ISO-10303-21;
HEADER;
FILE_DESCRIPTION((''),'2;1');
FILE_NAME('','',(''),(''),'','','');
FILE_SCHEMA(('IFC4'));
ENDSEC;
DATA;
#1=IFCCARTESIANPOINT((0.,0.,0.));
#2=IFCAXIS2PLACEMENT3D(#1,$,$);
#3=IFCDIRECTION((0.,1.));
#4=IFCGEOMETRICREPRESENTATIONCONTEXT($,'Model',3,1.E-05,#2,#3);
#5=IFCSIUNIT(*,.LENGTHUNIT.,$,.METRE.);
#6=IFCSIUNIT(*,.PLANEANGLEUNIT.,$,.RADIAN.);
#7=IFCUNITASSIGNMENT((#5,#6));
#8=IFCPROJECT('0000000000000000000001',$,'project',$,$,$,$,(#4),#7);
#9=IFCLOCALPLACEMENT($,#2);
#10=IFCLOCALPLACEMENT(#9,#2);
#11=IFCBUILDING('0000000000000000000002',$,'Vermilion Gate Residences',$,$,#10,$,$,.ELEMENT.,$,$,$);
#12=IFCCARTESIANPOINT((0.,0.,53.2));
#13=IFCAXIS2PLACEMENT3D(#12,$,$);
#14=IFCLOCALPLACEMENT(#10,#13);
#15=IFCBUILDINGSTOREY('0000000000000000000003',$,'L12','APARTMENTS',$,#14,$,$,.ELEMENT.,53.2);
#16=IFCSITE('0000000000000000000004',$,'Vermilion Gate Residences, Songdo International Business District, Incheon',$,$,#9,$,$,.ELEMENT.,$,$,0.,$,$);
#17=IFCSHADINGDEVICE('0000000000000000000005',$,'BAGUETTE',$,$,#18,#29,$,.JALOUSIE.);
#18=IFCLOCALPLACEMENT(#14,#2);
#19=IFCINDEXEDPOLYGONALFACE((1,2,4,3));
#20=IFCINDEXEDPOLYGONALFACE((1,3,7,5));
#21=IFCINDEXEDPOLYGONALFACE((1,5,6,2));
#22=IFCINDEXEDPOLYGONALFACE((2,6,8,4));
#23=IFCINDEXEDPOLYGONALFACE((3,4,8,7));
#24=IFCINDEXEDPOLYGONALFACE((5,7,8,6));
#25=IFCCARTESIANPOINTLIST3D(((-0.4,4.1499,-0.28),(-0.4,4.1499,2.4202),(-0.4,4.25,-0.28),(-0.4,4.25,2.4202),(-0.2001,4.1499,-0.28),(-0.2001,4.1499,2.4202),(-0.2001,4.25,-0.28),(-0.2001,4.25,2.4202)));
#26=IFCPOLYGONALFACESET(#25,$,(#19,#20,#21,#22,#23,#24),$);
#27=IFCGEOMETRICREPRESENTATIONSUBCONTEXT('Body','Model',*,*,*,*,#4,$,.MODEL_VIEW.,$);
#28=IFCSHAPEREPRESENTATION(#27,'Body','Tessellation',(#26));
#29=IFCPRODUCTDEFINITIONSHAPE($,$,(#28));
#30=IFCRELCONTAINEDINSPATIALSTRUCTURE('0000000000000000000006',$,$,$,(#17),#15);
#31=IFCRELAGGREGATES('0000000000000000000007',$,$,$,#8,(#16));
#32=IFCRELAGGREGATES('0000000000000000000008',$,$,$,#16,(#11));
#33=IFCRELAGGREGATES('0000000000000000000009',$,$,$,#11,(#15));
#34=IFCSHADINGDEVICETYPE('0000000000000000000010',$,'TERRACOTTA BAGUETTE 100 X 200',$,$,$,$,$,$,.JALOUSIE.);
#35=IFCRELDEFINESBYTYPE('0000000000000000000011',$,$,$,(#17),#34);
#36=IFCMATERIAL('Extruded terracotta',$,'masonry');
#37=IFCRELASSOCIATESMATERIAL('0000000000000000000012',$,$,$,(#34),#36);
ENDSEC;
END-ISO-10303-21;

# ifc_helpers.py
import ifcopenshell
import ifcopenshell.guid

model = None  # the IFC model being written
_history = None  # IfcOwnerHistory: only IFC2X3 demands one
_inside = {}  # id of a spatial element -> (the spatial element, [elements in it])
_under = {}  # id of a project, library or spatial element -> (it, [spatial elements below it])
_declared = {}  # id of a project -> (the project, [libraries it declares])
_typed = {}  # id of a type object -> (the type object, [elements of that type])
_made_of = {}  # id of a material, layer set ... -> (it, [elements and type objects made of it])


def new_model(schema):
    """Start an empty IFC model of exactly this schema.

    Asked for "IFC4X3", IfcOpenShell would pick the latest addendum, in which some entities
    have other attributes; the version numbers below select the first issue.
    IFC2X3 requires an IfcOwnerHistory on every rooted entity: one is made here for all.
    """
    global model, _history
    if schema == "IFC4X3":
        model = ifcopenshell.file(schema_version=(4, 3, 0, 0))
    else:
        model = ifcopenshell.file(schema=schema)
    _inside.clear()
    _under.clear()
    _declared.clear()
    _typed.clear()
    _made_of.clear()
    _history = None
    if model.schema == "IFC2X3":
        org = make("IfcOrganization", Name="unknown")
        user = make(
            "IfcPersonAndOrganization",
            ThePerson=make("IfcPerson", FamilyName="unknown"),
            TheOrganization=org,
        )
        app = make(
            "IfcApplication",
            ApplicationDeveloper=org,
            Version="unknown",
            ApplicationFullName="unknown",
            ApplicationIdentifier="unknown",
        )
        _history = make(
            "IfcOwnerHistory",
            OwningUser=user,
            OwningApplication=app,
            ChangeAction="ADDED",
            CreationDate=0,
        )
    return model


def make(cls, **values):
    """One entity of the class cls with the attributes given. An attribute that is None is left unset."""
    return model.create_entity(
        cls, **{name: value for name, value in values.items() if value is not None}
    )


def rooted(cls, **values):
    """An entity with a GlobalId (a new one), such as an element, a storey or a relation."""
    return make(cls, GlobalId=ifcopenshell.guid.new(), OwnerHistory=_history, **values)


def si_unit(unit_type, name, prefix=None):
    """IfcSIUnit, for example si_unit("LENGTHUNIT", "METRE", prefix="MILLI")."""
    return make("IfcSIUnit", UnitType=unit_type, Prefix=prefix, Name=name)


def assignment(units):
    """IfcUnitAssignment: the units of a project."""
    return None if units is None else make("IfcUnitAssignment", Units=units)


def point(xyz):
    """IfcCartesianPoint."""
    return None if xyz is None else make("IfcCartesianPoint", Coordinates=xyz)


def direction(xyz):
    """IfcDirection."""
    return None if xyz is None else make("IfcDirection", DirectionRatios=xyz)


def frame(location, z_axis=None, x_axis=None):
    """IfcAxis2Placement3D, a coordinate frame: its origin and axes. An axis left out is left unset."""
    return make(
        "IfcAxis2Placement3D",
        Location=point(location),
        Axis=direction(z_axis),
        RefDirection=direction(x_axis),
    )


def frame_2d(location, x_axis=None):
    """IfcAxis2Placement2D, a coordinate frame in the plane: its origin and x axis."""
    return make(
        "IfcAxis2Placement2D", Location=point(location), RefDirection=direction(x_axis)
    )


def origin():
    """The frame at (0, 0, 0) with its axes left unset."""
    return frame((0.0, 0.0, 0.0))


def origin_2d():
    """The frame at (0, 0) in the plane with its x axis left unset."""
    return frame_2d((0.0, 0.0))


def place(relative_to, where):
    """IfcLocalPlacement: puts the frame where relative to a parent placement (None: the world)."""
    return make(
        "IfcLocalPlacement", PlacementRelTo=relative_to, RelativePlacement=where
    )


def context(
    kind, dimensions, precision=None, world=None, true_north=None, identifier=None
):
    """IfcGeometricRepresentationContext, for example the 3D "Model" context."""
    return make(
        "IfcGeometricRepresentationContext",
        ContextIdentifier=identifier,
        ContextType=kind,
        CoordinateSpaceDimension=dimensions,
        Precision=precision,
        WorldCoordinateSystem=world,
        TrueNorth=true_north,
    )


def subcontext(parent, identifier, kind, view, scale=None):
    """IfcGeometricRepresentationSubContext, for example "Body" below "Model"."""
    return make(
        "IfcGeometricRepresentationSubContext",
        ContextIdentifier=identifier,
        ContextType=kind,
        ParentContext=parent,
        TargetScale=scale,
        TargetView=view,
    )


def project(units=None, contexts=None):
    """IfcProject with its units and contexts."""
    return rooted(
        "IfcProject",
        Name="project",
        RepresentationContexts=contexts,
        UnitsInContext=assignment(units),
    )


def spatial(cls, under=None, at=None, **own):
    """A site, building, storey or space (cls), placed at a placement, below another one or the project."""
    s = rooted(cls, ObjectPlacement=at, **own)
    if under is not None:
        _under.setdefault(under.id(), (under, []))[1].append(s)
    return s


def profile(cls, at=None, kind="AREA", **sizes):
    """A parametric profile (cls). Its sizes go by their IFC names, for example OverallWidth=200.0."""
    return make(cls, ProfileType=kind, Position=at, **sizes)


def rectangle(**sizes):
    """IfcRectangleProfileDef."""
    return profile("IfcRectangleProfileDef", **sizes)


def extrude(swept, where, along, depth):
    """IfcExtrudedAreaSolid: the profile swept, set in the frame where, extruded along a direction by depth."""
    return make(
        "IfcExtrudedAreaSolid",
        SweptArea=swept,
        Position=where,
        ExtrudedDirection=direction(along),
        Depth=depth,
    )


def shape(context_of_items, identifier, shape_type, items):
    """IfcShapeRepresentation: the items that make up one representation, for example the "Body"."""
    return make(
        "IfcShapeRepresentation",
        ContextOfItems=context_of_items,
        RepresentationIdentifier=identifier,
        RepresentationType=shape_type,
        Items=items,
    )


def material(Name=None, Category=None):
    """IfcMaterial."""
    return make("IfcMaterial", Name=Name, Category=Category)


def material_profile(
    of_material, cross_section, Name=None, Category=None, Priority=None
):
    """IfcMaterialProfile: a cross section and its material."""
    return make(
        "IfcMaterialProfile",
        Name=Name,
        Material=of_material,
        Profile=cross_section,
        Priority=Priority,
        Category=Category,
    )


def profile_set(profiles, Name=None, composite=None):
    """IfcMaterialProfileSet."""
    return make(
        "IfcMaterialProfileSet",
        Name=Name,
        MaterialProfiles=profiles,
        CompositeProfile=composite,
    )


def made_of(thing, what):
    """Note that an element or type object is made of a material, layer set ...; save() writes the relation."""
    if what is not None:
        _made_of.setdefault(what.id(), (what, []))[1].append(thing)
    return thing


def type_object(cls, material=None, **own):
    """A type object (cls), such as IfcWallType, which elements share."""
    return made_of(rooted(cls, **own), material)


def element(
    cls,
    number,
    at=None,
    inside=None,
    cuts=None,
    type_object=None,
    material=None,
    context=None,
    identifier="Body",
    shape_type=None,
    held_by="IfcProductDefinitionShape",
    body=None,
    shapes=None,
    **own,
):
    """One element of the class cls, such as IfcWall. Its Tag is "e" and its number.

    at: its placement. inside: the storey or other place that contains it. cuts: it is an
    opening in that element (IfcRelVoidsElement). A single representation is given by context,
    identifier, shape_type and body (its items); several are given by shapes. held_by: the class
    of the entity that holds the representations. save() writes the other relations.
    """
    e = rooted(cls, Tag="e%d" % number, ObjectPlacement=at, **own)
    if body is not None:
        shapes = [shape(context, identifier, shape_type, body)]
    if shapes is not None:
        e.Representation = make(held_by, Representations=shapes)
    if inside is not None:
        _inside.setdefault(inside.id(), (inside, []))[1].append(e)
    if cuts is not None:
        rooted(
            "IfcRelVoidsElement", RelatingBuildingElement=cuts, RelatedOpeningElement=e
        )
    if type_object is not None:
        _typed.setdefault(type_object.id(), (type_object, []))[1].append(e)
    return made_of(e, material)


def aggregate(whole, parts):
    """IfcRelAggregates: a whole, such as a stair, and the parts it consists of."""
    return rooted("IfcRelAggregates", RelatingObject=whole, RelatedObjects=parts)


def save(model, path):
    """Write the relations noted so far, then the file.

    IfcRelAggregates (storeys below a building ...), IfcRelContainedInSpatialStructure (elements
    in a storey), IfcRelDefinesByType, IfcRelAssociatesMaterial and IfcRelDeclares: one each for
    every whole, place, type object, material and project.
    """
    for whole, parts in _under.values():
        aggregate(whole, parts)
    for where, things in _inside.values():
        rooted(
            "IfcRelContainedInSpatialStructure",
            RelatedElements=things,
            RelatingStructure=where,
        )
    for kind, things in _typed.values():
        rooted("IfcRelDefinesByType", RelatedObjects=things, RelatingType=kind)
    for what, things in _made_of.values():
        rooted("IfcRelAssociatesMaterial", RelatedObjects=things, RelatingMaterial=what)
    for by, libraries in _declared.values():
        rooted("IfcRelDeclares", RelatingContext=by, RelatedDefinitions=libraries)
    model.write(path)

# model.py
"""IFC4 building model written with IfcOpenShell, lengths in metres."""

from ifc_helpers import new_model, si_unit, direction, frame, origin, origin_2d, place, context, subcontext, project, spatial, rectangle, extrude, material, material_profile, profile_set, type_object, element, save


model = new_model("IFC4")

# Units and contexts
model_context = context("Model", 3, precision=1e-05, world=origin(), true_north=direction((0.0, 1.0)))
body_context = subcontext(model_context, "Body", "Model", "MODEL_VIEW")
ifc_project = project(units=[si_unit("LENGTHUNIT", "METRE"), si_unit("PLANEANGLEUNIT", "RADIAN")], contexts=[model_context])

# Site, building, storey
site_placement = place(None, origin())
site = spatial("IfcSite", under=ifc_project, at=site_placement, Name="Vermilion Gate Residences, Songdo International Business District, Incheon", CompositionType="ELEMENT", RefElevation=0.0)
building_placement = place(site_placement, origin())
building = spatial("IfcBuilding", under=site, at=building_placement, Name="Vermilion Gate Residences", CompositionType="ELEMENT")
storey_placement = place(building_placement, frame((0.0, 0.0, 53.2)))
storey = spatial("IfcBuildingStorey", under=building, at=storey_placement, Name="L12", Description="APARTMENTS", CompositionType="ELEMENT", Elevation=53.2)

# Shading device
ifc_material_1 = material(Name="Extruded terracotta", Category="masonry")
ifc_material_profile_1 = material_profile(ifc_material_1, rectangle(XDim=0.2, YDim=0.1001, at=origin_2d()), Name="BAGUETTE 100 X 200")
ifc_profile_set_1 = profile_set([ifc_material_profile_1], Name="Extruded terracotta")
shading_device_type = type_object("IfcShadingDeviceType", Name="TERRACOTTA BAGUETTE 100 X 200", PredefinedType="JALOUSIE", material=ifc_profile_set_1)
shading_device_placement = place(storey_placement, frame((-0.3, 4.2, -0.28), z_axis=(0.0, 0.0, 1.0), x_axis=(1.0, 0.0, 0.0)))
element("IfcShadingDevice", 1, at=shading_device_placement, inside=storey, type_object=shading_device_type, Name="BAGUETTE", PredefinedType="JALOUSIE", context=body_context, shape_type="SweptSolid", body=[
    extrude(rectangle(XDim=0.2, YDim=0.1001, at=origin_2d()), origin(), (0.0, 0.0, 1.0), 2.7002),
])

save(model, "model.ifc")
